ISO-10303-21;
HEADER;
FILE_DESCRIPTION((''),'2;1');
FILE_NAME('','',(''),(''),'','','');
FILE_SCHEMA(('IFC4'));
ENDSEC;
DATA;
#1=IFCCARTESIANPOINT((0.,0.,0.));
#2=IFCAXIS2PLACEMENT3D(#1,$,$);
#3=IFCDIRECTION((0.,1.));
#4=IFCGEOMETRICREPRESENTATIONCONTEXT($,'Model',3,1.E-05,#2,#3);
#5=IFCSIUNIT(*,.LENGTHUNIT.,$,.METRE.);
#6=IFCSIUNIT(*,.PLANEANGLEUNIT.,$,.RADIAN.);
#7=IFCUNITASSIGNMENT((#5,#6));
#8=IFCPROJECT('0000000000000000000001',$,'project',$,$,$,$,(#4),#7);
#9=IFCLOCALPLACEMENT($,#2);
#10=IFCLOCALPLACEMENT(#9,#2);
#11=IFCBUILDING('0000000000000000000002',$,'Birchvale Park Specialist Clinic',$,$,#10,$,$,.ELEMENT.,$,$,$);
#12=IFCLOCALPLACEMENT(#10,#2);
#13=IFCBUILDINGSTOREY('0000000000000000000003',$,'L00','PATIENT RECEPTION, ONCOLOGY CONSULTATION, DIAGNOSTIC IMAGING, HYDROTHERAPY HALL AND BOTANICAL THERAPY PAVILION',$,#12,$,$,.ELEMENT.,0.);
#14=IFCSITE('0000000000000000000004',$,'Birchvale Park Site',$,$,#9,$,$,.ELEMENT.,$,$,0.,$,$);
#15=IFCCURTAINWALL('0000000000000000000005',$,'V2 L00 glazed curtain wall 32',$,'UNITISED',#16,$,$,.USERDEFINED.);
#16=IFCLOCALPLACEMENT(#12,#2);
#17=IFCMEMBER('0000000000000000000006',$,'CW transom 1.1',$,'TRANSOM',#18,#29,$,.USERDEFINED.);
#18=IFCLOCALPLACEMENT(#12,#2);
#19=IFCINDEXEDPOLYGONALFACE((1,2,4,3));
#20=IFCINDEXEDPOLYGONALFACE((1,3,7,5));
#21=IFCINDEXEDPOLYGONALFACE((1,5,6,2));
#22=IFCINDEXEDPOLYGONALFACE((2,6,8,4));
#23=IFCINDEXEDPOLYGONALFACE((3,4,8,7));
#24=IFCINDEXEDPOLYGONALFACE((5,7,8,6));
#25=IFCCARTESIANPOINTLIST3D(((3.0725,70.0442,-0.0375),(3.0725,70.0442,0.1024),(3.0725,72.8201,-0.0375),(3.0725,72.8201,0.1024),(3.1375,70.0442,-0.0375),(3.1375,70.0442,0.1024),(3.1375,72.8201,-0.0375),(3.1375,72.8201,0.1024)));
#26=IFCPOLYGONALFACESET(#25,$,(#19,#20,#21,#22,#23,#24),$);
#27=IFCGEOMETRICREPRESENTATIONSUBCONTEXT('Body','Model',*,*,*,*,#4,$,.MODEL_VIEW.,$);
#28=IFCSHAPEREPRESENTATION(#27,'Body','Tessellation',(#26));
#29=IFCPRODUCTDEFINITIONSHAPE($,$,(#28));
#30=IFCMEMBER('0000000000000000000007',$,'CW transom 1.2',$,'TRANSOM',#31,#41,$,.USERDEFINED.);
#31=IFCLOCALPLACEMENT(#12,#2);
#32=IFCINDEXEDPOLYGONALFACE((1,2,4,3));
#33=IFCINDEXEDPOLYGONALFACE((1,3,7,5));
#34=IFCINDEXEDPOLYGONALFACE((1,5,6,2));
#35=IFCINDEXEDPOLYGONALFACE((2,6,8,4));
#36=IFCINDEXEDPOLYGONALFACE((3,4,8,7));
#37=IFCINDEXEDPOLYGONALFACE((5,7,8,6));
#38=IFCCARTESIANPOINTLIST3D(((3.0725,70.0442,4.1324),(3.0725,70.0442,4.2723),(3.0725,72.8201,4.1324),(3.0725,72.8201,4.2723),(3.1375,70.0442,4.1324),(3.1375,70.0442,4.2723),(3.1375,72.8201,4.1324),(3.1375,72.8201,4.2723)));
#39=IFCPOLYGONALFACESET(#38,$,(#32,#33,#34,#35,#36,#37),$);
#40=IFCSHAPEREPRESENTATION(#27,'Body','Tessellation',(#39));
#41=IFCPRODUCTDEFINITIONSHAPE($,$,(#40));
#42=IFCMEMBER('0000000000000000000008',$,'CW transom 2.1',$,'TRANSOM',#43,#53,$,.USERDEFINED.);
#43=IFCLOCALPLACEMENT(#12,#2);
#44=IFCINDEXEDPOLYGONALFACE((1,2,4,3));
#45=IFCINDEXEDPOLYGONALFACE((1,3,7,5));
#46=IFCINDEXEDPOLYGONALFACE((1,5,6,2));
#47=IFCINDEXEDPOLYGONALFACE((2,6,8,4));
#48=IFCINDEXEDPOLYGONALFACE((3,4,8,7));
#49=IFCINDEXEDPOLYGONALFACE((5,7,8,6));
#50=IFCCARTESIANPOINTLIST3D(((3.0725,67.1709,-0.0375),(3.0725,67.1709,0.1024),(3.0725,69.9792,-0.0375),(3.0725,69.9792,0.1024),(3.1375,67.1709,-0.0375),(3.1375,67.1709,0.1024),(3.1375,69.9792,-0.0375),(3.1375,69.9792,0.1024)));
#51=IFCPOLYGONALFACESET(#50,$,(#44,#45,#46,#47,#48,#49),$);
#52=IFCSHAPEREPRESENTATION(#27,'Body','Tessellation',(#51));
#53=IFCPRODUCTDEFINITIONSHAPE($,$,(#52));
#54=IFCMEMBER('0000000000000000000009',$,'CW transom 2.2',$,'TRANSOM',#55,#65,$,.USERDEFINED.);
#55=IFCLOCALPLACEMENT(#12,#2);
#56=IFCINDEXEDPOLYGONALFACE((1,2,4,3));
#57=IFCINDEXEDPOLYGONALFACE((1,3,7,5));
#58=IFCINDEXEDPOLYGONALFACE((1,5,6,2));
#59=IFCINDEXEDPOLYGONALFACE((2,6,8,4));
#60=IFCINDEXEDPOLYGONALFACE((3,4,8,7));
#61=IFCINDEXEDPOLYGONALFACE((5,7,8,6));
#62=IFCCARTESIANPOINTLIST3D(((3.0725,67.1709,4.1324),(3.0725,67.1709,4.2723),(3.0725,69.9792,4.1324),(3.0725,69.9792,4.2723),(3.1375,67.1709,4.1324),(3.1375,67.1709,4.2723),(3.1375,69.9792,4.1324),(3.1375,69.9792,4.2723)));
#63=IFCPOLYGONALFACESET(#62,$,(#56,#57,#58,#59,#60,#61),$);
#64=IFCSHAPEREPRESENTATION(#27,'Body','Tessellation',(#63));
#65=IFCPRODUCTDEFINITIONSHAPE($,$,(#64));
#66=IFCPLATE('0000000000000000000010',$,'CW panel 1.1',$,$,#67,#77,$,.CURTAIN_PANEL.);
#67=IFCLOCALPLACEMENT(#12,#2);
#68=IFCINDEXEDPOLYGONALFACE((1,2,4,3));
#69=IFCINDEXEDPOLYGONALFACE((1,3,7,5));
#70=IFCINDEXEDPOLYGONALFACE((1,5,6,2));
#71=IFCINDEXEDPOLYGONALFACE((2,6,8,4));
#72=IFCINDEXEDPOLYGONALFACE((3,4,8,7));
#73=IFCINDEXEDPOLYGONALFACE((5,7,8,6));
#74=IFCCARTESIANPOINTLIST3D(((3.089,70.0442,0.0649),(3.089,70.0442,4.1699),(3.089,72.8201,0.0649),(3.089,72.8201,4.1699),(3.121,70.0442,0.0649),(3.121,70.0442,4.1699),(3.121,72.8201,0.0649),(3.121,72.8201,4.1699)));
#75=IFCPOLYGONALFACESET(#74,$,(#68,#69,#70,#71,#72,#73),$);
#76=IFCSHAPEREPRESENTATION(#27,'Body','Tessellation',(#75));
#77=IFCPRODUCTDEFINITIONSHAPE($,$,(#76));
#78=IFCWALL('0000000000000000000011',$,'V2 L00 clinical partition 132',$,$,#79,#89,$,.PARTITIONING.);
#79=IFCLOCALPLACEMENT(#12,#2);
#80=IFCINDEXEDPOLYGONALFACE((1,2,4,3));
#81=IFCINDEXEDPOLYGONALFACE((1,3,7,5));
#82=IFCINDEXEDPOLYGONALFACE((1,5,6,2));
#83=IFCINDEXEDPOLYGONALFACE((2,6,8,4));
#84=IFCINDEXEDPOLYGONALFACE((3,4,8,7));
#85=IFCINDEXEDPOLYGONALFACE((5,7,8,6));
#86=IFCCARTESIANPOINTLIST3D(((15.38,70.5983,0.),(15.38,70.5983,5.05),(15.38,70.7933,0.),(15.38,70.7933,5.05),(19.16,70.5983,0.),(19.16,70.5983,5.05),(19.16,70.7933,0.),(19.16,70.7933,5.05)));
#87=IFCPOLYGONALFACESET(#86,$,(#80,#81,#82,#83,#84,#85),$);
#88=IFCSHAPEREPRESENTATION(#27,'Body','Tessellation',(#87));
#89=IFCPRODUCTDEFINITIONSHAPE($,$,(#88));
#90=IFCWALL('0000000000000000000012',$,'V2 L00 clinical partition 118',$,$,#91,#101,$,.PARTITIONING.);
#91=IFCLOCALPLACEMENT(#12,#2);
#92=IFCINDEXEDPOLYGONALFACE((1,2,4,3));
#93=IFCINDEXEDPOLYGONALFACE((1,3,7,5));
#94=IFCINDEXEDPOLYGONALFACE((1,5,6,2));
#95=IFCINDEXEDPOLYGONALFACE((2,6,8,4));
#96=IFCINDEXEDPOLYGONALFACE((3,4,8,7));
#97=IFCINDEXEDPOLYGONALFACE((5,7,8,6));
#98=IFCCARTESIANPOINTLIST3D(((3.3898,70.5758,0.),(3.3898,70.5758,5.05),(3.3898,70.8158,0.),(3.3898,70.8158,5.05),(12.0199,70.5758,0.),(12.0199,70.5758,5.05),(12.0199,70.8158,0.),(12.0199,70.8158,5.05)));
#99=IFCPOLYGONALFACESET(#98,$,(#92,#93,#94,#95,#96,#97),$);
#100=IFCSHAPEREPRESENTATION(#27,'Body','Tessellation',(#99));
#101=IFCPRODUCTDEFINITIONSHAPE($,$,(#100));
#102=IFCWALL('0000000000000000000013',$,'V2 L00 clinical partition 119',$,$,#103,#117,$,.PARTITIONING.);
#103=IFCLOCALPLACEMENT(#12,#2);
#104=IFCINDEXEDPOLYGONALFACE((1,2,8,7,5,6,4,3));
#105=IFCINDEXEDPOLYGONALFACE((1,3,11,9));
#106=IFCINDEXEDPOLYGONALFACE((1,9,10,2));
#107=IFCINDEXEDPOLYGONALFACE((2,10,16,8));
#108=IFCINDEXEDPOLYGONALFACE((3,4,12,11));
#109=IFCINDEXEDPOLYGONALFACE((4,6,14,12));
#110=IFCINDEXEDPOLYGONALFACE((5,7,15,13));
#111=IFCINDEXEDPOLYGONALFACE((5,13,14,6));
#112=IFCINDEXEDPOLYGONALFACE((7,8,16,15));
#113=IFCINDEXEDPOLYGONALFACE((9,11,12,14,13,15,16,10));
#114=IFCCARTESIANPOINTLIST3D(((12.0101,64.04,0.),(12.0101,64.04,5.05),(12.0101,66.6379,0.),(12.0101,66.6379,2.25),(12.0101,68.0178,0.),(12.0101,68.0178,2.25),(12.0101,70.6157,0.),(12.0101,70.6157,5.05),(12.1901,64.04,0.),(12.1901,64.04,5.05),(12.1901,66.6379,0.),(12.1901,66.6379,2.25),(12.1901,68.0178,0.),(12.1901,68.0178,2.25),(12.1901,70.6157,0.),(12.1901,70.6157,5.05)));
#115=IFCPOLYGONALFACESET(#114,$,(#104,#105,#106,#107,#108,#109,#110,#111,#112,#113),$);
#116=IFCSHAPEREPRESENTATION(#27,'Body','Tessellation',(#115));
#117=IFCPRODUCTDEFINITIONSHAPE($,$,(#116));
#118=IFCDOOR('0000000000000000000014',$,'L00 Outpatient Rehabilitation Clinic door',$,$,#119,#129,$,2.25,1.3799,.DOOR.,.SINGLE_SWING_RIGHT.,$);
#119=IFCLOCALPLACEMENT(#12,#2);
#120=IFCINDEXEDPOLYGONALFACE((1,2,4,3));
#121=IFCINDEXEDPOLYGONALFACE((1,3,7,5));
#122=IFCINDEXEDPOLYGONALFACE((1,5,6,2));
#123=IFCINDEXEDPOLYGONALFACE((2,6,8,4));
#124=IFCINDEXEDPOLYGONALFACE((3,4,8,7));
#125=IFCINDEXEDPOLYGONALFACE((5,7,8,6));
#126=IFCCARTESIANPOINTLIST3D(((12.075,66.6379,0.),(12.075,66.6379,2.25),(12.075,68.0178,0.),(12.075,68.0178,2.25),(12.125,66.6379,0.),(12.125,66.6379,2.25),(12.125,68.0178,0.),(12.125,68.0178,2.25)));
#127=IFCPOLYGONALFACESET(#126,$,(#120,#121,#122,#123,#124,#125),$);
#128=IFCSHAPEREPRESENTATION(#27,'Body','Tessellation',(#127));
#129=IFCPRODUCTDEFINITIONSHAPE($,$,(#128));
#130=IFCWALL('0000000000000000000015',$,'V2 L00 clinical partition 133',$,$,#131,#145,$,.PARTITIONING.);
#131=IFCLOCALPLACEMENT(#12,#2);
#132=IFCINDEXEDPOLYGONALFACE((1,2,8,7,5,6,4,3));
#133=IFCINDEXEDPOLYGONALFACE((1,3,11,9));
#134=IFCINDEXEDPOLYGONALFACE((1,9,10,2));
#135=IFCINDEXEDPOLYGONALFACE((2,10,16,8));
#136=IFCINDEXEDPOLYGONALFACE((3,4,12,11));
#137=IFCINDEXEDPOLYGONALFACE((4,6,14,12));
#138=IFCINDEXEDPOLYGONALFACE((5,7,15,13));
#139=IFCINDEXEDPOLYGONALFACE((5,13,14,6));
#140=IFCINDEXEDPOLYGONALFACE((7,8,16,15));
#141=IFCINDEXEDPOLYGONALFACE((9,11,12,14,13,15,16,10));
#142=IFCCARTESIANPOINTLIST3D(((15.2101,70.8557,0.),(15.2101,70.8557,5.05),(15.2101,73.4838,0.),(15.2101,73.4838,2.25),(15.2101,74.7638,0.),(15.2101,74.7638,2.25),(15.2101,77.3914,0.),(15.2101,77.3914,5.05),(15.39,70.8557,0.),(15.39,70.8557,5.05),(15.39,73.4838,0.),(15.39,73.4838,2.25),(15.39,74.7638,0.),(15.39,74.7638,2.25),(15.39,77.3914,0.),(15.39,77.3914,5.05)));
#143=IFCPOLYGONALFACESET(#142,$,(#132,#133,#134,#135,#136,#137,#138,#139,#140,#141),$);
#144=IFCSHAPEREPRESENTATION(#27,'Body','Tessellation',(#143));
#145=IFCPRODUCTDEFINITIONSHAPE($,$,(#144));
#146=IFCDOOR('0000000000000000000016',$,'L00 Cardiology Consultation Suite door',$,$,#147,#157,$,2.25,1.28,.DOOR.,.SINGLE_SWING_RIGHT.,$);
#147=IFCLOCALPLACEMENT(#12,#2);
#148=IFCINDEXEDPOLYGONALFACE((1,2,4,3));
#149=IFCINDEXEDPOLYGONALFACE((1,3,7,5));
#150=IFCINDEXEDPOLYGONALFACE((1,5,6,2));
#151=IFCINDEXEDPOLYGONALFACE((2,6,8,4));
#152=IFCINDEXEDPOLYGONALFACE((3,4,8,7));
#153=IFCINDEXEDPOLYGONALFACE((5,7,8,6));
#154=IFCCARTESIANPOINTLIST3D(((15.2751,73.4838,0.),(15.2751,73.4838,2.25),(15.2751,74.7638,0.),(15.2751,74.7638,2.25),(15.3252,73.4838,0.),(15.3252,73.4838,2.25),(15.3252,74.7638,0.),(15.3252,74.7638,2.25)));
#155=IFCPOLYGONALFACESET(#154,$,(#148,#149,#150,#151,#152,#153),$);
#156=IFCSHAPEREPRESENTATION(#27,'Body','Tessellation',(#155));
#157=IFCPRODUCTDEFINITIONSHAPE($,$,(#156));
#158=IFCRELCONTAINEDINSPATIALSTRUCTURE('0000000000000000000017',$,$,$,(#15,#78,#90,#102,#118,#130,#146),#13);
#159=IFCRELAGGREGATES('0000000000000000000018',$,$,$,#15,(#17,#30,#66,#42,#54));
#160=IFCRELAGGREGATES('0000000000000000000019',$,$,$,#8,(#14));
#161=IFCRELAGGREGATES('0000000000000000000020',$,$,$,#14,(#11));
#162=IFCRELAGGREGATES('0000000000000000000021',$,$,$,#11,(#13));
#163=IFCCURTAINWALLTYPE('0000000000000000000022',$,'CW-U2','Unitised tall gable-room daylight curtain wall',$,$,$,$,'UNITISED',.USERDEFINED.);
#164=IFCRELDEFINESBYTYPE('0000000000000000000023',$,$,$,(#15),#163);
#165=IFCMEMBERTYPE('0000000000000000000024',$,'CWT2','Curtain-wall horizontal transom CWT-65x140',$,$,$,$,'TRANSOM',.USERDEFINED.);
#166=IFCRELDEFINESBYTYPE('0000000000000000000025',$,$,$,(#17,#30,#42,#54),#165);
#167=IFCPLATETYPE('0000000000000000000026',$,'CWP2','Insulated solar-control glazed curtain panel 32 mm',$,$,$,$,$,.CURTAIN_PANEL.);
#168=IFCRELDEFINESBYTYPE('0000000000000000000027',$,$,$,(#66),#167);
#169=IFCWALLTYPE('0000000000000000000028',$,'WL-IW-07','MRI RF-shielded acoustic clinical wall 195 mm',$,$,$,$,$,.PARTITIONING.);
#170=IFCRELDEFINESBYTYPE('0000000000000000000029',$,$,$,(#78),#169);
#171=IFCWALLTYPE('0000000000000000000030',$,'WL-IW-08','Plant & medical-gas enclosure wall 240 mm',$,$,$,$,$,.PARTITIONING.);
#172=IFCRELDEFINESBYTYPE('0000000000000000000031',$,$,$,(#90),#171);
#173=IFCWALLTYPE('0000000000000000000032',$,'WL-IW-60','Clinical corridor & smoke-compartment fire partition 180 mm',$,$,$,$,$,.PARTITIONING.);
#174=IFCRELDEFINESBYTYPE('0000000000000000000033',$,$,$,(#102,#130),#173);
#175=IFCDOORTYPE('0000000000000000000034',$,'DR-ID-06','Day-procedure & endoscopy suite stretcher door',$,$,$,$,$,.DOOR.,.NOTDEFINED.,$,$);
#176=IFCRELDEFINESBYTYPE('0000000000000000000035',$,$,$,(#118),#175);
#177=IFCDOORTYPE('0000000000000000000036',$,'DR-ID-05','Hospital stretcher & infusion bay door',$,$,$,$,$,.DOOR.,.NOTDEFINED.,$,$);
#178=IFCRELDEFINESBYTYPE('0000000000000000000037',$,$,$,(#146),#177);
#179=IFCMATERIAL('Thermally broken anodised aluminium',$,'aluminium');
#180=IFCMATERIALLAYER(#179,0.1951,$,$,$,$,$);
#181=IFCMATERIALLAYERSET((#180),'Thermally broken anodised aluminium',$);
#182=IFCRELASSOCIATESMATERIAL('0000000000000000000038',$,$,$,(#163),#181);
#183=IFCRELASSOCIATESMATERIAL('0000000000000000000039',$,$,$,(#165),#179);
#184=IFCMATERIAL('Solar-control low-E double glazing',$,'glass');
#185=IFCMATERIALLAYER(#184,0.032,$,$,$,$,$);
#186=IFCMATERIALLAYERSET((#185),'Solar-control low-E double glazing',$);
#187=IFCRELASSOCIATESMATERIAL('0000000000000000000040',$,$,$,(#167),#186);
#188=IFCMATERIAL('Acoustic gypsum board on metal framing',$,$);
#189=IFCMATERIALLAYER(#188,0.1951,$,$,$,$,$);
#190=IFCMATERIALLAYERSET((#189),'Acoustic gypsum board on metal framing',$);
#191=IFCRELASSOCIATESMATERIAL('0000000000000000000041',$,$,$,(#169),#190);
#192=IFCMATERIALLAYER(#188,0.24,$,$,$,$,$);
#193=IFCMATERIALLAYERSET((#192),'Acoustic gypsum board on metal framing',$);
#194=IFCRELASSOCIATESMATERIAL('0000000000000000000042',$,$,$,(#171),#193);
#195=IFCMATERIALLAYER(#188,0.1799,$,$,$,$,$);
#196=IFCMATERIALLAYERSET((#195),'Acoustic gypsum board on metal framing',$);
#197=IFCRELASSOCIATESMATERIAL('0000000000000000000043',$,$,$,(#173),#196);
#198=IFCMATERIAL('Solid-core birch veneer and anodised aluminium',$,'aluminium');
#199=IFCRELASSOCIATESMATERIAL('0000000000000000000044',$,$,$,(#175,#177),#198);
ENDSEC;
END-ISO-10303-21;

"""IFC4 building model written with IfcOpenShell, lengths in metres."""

from ifc_helpers import new_model, si_unit, direction, frame, frame_2d, origin, origin_2d, place, context, subcontext, project, spatial, rectangle, extrude, material, layer, layer_set, material_profile, profile_set, type_object, element, fill, aggregate, save


model = new_model("IFC4")

# Units and contexts
model_context = context("Model", 3, precision=1e-05, world=origin(), true_north=direction((0.0, 1.0)))
body_context = subcontext(model_context, "Body", "Model", "MODEL_VIEW")
ifc_project = project(units=[si_unit("LENGTHUNIT", "METRE"), si_unit("PLANEANGLEUNIT", "RADIAN")], contexts=[model_context])

# Site, building, storey
site_placement = place(None, origin())
site = spatial("IfcSite", under=ifc_project, at=site_placement, Name="Birchvale Park Site", CompositionType="ELEMENT", RefElevation=0.0)
building_placement = place(site_placement, origin())
building = spatial("IfcBuilding", under=site, at=building_placement, Name="Birchvale Park Specialist Clinic", CompositionType="ELEMENT")
storey_placement = place(building_placement, origin())
storey = spatial("IfcBuildingStorey", under=building, at=storey_placement, Name="L00", Description="PATIENT RECEPTION, ONCOLOGY CONSULTATION, DIAGNOSTIC IMAGING, HYDROTHERAPY HALL AND BOTANICAL THERAPY PAVILION", CompositionType="ELEMENT", Elevation=0.0)

# Curtain wall, members, plate
ifc_material_1 = material(Name="Thermally broken anodised aluminium", Category="aluminium")
ifc_layer_1 = layer(ifc_material_1, 0.1951)
ifc_layer_set_1 = layer_set([ifc_layer_1], Name="Thermally broken anodised aluminium")
curtain_wall_type = type_object("IfcCurtainWallType", Name="CW-U2", Description="Unitised tall gable-room daylight curtain wall", ElementType="UNITISED", PredefinedType="USERDEFINED", material=ifc_layer_set_1)
curtain_wall_placement = place(storey_placement, origin())
curtain_wall = element("IfcCurtainWall", 1, at=curtain_wall_placement, inside=storey, type_object=curtain_wall_type, Name="V2 L00 glazed curtain wall 32", ObjectType="UNITISED", PredefinedType="USERDEFINED")
ifc_material_profile_1 = material_profile(ifc_material_1, rectangle(XDim=0.0649, YDim=0.1399, at=origin_2d()), Name="CWT-65x140")
ifc_profile_set_1 = profile_set([ifc_material_profile_1], Name="Thermally broken anodised aluminium")
member_type_1 = type_object("IfcMemberType", Name="CWT2", Description="Curtain-wall horizontal transom CWT-65x140", ElementType="TRANSOM", PredefinedType="USERDEFINED", material=ifc_profile_set_1)
member_1_placement = place(storey_placement, frame((3.105, 72.8201, 0.0325), z_axis=(0.0, -1.0, 0.0), x_axis=(1.0, 0.0, 0.0)))
member_1 = element("IfcMember", 2, at=member_1_placement, type_object=member_type_1, Name="CW transom 1.1", ObjectType="TRANSOM", PredefinedType="USERDEFINED", context=body_context, shape_type="SweptSolid", body=[
    extrude(rectangle(XDim=0.0649, YDim=0.1399, at=origin_2d()), origin(), (0.0, 0.0, 1.0), 2.7759),
])
member_2_placement = place(storey_placement, frame((3.105, 72.8201, 4.2024), z_axis=(0.0, -1.0, 0.0), x_axis=(1.0, 0.0, 0.0)))
member_2 = element("IfcMember", 3, at=member_2_placement, type_object=member_type_1, Name="CW transom 1.2", ObjectType="TRANSOM", PredefinedType="USERDEFINED", context=body_context, shape_type="SweptSolid", body=[
    extrude(rectangle(XDim=0.0649, YDim=0.1399, at=origin_2d()), origin(), (0.0, 0.0, 1.0), 2.7759),
])
member_3_placement = place(storey_placement, frame((3.105, 69.9792, 0.0325), z_axis=(0.0, -1.0, 0.0), x_axis=(1.0, 0.0, 0.0)))
member_3 = element("IfcMember", 4, at=member_3_placement, type_object=member_type_1, Name="CW transom 2.1", ObjectType="TRANSOM", PredefinedType="USERDEFINED", context=body_context, shape_type="SweptSolid", body=[
    extrude(rectangle(XDim=0.0649, YDim=0.1399, at=origin_2d()), origin(), (0.0, 0.0, 1.0), 2.8083),
])
member_4_placement = place(storey_placement, frame((3.105, 69.9792, 4.2024), z_axis=(0.0, -1.0, 0.0), x_axis=(1.0, 0.0, 0.0)))
member_4 = element("IfcMember", 5, at=member_4_placement, type_object=member_type_1, Name="CW transom 2.2", ObjectType="TRANSOM", PredefinedType="USERDEFINED", context=body_context, shape_type="SweptSolid", body=[
    extrude(rectangle(XDim=0.0649, YDim=0.1399, at=origin_2d()), origin(), (0.0, 0.0, 1.0), 2.8083),
])
ifc_material_2 = material(Name="Solar-control low-E double glazing", Category="glass")
ifc_layer_2 = layer(ifc_material_2, 0.032)
ifc_layer_set_2 = layer_set([ifc_layer_2], Name="Solar-control low-E double glazing")
plate_type = type_object("IfcPlateType", Name="CWP2", Description="Insulated solar-control glazed curtain panel 32 mm", PredefinedType="CURTAIN_PANEL", material=ifc_layer_set_2)
plate_placement = place(storey_placement, frame((3.105, 71.4321, 0.0649), z_axis=(0.0, 0.0, 1.0), x_axis=(0.0, -1.0, 0.0)))
plate = element("IfcPlate", 6, at=plate_placement, type_object=plate_type, Name="CW panel 1.1", PredefinedType="CURTAIN_PANEL", context=body_context, shape_type="SweptSolid", body=[
    extrude(rectangle(XDim=2.7759, YDim=0.032, at=origin_2d()), origin(), (0.0, 0.0, 1.0), 4.105),
])
aggregate(curtain_wall, [member_1, member_2, plate, member_3, member_4])

# Walls
ifc_material_3 = material(Name="Acoustic gypsum board on metal framing")
ifc_layer_3 = layer(ifc_material_3, 0.1951)
ifc_layer_set_3 = layer_set([ifc_layer_3], Name="Acoustic gypsum board on metal framing")
wall_type_1 = type_object("IfcWallType", Name="WL-IW-07", Description="MRI RF-shielded acoustic clinical wall 195 mm", PredefinedType="PARTITIONING", material=ifc_layer_set_3)
wall_1_placement = place(storey_placement, frame((15.3799, 70.6958, 0.0), z_axis=(0.0, 0.0, 1.0), x_axis=(1.0, 0.0, 0.0)))
element("IfcWall", 7, at=wall_1_placement, inside=storey, type_object=wall_type_1, Name="V2 L00 clinical partition 132", PredefinedType="PARTITIONING", context=body_context, shape_type="SweptSolid", body=[
    extrude(rectangle(XDim=3.78, YDim=0.1951, at=frame_2d((1.8901, 0.0))), origin(), (0.0, 0.0, 1.0), 5.05),
])
ifc_layer_4 = layer(ifc_material_3, 0.24)
ifc_layer_set_4 = layer_set([ifc_layer_4], Name="Acoustic gypsum board on metal framing")
wall_type_2 = type_object("IfcWallType", Name="WL-IW-08", Description="Plant & medical-gas enclosure wall 240 mm", PredefinedType="PARTITIONING", material=ifc_layer_set_4)
wall_2_placement = place(storey_placement, frame((3.3899, 70.6958, 0.0), z_axis=(0.0, 0.0, 1.0), x_axis=(1.0, 0.0, 0.0)))
element("IfcWall", 8, at=wall_2_placement, inside=storey, type_object=wall_type_2, Name="V2 L00 clinical partition 118", PredefinedType="PARTITIONING", context=body_context, shape_type="SweptSolid", body=[
    extrude(rectangle(XDim=8.6301, YDim=0.24, at=frame_2d((4.3149, 0.0))), origin(), (0.0, 0.0, 1.0), 5.05),
])

# Walls, openings, doors
ifc_layer_5 = layer(ifc_material_3, 0.1799)
ifc_layer_set_5 = layer_set([ifc_layer_5], Name="Acoustic gypsum board on metal framing")
wall_type_3 = type_object("IfcWallType", Name="WL-IW-60", Description="Clinical corridor & smoke-compartment fire partition 180 mm", PredefinedType="PARTITIONING", material=ifc_layer_set_5)
wall_3_placement = place(storey_placement, frame((12.1001, 70.6157, 0.0), z_axis=(0.0, 0.0, 1.0), x_axis=(0.0, -1.0, 0.0)))
wall_3 = element("IfcWall", 9, at=wall_3_placement, inside=storey, type_object=wall_type_3, Name="V2 L00 clinical partition 119", PredefinedType="PARTITIONING", context=body_context, shape_type="SweptSolid", body=[
    extrude(rectangle(XDim=6.5757, YDim=0.1799, at=frame_2d((3.2878, 0.0))), origin(), (0.0, 0.0, 1.0), 5.05),
])
opening_1_placement = place(wall_3_placement, frame((2.5979, 0.0, 0.0)))
opening_1 = element("IfcOpeningElement", 10, at=opening_1_placement, cuts=wall_3, PredefinedType="OPENING", context=body_context, shape_type="SweptSolid", body=[
    extrude(rectangle(XDim=1.3799, YDim=2.25, at=frame_2d((0.6899, 1.125))), frame((0.0, 0.1001, 0.0), z_axis=(0.0, -1.0, 0.0), x_axis=(1.0, 0.0, 0.0)), (0.0, 0.0, 1.0), 0.2),
])
ifc_material_4 = material(Name="Solid-core birch veneer and anodised aluminium", Category="aluminium")
door_type_1 = type_object("IfcDoorType", Name="DR-ID-06", Description="Day-procedure & endoscopy suite stretcher door", OperationType="NOTDEFINED", PredefinedType="DOOR", material=ifc_material_4)
door_1_placement = place(opening_1_placement, origin())
door_1 = element("IfcDoor", 11, at=door_1_placement, inside=storey, type_object=door_type_1, Name="L00 Outpatient Rehabilitation Clinic door", OperationType="SINGLE_SWING_RIGHT", OverallHeight=2.25, OverallWidth=1.3799, PredefinedType="DOOR", context=body_context, shape_type="SweptSolid", body=[
    extrude(rectangle(XDim=1.3799, YDim=2.25, at=frame_2d((0.6899, 1.125))), frame((0.0, 0.0249, 0.0), z_axis=(0.0, -1.0, 0.0), x_axis=(1.0, 0.0, 0.0)), (0.0, 0.0, 1.0), 0.05),
])
fill(opening_1, door_1)
wall_4_placement = place(storey_placement, frame((15.3, 70.8557, 0.0), z_axis=(0.0, 0.0, 1.0), x_axis=(0.0, 1.0, 0.0)))
wall_4 = element("IfcWall", 12, at=wall_4_placement, inside=storey, type_object=wall_type_3, Name="V2 L00 clinical partition 133", PredefinedType="PARTITIONING", context=body_context, shape_type="SweptSolid", body=[
    extrude(rectangle(XDim=6.5356, YDim=0.1799, at=frame_2d((3.2678, 0.0))), origin(), (0.0, 0.0, 1.0), 5.05),
])
opening_2_placement = place(wall_4_placement, frame((2.6279, 0.0, 0.0)))
opening_2 = element("IfcOpeningElement", 13, at=opening_2_placement, cuts=wall_4, PredefinedType="OPENING", context=body_context, shape_type="SweptSolid", body=[
    extrude(rectangle(XDim=1.28, YDim=2.25, at=frame_2d((0.6401, 1.125))), frame((0.0, 0.1001, 0.0), z_axis=(0.0, -1.0, 0.0), x_axis=(1.0, 0.0, 0.0)), (0.0, 0.0, 1.0), 0.2),
])
door_type_2 = type_object("IfcDoorType", Name="DR-ID-05", Description="Hospital stretcher & infusion bay door", OperationType="NOTDEFINED", PredefinedType="DOOR", material=ifc_material_4)
door_2_placement = place(opening_2_placement, origin())
door_2 = element("IfcDoor", 14, at=door_2_placement, inside=storey, type_object=door_type_2, Name="L00 Cardiology Consultation Suite door", OperationType="SINGLE_SWING_RIGHT", OverallHeight=2.25, OverallWidth=1.28, PredefinedType="DOOR", context=body_context, shape_type="SweptSolid", body=[
    extrude(rectangle(XDim=1.28, YDim=2.25, at=frame_2d((0.6401, 1.125))), frame((0.0, 0.0249, 0.0), z_axis=(0.0, -1.0, 0.0), x_axis=(1.0, 0.0, 0.0)), (0.0, 0.0, 1.0), 0.05),
])
fill(opening_2, door_2)

save(model, "model.ifc")
